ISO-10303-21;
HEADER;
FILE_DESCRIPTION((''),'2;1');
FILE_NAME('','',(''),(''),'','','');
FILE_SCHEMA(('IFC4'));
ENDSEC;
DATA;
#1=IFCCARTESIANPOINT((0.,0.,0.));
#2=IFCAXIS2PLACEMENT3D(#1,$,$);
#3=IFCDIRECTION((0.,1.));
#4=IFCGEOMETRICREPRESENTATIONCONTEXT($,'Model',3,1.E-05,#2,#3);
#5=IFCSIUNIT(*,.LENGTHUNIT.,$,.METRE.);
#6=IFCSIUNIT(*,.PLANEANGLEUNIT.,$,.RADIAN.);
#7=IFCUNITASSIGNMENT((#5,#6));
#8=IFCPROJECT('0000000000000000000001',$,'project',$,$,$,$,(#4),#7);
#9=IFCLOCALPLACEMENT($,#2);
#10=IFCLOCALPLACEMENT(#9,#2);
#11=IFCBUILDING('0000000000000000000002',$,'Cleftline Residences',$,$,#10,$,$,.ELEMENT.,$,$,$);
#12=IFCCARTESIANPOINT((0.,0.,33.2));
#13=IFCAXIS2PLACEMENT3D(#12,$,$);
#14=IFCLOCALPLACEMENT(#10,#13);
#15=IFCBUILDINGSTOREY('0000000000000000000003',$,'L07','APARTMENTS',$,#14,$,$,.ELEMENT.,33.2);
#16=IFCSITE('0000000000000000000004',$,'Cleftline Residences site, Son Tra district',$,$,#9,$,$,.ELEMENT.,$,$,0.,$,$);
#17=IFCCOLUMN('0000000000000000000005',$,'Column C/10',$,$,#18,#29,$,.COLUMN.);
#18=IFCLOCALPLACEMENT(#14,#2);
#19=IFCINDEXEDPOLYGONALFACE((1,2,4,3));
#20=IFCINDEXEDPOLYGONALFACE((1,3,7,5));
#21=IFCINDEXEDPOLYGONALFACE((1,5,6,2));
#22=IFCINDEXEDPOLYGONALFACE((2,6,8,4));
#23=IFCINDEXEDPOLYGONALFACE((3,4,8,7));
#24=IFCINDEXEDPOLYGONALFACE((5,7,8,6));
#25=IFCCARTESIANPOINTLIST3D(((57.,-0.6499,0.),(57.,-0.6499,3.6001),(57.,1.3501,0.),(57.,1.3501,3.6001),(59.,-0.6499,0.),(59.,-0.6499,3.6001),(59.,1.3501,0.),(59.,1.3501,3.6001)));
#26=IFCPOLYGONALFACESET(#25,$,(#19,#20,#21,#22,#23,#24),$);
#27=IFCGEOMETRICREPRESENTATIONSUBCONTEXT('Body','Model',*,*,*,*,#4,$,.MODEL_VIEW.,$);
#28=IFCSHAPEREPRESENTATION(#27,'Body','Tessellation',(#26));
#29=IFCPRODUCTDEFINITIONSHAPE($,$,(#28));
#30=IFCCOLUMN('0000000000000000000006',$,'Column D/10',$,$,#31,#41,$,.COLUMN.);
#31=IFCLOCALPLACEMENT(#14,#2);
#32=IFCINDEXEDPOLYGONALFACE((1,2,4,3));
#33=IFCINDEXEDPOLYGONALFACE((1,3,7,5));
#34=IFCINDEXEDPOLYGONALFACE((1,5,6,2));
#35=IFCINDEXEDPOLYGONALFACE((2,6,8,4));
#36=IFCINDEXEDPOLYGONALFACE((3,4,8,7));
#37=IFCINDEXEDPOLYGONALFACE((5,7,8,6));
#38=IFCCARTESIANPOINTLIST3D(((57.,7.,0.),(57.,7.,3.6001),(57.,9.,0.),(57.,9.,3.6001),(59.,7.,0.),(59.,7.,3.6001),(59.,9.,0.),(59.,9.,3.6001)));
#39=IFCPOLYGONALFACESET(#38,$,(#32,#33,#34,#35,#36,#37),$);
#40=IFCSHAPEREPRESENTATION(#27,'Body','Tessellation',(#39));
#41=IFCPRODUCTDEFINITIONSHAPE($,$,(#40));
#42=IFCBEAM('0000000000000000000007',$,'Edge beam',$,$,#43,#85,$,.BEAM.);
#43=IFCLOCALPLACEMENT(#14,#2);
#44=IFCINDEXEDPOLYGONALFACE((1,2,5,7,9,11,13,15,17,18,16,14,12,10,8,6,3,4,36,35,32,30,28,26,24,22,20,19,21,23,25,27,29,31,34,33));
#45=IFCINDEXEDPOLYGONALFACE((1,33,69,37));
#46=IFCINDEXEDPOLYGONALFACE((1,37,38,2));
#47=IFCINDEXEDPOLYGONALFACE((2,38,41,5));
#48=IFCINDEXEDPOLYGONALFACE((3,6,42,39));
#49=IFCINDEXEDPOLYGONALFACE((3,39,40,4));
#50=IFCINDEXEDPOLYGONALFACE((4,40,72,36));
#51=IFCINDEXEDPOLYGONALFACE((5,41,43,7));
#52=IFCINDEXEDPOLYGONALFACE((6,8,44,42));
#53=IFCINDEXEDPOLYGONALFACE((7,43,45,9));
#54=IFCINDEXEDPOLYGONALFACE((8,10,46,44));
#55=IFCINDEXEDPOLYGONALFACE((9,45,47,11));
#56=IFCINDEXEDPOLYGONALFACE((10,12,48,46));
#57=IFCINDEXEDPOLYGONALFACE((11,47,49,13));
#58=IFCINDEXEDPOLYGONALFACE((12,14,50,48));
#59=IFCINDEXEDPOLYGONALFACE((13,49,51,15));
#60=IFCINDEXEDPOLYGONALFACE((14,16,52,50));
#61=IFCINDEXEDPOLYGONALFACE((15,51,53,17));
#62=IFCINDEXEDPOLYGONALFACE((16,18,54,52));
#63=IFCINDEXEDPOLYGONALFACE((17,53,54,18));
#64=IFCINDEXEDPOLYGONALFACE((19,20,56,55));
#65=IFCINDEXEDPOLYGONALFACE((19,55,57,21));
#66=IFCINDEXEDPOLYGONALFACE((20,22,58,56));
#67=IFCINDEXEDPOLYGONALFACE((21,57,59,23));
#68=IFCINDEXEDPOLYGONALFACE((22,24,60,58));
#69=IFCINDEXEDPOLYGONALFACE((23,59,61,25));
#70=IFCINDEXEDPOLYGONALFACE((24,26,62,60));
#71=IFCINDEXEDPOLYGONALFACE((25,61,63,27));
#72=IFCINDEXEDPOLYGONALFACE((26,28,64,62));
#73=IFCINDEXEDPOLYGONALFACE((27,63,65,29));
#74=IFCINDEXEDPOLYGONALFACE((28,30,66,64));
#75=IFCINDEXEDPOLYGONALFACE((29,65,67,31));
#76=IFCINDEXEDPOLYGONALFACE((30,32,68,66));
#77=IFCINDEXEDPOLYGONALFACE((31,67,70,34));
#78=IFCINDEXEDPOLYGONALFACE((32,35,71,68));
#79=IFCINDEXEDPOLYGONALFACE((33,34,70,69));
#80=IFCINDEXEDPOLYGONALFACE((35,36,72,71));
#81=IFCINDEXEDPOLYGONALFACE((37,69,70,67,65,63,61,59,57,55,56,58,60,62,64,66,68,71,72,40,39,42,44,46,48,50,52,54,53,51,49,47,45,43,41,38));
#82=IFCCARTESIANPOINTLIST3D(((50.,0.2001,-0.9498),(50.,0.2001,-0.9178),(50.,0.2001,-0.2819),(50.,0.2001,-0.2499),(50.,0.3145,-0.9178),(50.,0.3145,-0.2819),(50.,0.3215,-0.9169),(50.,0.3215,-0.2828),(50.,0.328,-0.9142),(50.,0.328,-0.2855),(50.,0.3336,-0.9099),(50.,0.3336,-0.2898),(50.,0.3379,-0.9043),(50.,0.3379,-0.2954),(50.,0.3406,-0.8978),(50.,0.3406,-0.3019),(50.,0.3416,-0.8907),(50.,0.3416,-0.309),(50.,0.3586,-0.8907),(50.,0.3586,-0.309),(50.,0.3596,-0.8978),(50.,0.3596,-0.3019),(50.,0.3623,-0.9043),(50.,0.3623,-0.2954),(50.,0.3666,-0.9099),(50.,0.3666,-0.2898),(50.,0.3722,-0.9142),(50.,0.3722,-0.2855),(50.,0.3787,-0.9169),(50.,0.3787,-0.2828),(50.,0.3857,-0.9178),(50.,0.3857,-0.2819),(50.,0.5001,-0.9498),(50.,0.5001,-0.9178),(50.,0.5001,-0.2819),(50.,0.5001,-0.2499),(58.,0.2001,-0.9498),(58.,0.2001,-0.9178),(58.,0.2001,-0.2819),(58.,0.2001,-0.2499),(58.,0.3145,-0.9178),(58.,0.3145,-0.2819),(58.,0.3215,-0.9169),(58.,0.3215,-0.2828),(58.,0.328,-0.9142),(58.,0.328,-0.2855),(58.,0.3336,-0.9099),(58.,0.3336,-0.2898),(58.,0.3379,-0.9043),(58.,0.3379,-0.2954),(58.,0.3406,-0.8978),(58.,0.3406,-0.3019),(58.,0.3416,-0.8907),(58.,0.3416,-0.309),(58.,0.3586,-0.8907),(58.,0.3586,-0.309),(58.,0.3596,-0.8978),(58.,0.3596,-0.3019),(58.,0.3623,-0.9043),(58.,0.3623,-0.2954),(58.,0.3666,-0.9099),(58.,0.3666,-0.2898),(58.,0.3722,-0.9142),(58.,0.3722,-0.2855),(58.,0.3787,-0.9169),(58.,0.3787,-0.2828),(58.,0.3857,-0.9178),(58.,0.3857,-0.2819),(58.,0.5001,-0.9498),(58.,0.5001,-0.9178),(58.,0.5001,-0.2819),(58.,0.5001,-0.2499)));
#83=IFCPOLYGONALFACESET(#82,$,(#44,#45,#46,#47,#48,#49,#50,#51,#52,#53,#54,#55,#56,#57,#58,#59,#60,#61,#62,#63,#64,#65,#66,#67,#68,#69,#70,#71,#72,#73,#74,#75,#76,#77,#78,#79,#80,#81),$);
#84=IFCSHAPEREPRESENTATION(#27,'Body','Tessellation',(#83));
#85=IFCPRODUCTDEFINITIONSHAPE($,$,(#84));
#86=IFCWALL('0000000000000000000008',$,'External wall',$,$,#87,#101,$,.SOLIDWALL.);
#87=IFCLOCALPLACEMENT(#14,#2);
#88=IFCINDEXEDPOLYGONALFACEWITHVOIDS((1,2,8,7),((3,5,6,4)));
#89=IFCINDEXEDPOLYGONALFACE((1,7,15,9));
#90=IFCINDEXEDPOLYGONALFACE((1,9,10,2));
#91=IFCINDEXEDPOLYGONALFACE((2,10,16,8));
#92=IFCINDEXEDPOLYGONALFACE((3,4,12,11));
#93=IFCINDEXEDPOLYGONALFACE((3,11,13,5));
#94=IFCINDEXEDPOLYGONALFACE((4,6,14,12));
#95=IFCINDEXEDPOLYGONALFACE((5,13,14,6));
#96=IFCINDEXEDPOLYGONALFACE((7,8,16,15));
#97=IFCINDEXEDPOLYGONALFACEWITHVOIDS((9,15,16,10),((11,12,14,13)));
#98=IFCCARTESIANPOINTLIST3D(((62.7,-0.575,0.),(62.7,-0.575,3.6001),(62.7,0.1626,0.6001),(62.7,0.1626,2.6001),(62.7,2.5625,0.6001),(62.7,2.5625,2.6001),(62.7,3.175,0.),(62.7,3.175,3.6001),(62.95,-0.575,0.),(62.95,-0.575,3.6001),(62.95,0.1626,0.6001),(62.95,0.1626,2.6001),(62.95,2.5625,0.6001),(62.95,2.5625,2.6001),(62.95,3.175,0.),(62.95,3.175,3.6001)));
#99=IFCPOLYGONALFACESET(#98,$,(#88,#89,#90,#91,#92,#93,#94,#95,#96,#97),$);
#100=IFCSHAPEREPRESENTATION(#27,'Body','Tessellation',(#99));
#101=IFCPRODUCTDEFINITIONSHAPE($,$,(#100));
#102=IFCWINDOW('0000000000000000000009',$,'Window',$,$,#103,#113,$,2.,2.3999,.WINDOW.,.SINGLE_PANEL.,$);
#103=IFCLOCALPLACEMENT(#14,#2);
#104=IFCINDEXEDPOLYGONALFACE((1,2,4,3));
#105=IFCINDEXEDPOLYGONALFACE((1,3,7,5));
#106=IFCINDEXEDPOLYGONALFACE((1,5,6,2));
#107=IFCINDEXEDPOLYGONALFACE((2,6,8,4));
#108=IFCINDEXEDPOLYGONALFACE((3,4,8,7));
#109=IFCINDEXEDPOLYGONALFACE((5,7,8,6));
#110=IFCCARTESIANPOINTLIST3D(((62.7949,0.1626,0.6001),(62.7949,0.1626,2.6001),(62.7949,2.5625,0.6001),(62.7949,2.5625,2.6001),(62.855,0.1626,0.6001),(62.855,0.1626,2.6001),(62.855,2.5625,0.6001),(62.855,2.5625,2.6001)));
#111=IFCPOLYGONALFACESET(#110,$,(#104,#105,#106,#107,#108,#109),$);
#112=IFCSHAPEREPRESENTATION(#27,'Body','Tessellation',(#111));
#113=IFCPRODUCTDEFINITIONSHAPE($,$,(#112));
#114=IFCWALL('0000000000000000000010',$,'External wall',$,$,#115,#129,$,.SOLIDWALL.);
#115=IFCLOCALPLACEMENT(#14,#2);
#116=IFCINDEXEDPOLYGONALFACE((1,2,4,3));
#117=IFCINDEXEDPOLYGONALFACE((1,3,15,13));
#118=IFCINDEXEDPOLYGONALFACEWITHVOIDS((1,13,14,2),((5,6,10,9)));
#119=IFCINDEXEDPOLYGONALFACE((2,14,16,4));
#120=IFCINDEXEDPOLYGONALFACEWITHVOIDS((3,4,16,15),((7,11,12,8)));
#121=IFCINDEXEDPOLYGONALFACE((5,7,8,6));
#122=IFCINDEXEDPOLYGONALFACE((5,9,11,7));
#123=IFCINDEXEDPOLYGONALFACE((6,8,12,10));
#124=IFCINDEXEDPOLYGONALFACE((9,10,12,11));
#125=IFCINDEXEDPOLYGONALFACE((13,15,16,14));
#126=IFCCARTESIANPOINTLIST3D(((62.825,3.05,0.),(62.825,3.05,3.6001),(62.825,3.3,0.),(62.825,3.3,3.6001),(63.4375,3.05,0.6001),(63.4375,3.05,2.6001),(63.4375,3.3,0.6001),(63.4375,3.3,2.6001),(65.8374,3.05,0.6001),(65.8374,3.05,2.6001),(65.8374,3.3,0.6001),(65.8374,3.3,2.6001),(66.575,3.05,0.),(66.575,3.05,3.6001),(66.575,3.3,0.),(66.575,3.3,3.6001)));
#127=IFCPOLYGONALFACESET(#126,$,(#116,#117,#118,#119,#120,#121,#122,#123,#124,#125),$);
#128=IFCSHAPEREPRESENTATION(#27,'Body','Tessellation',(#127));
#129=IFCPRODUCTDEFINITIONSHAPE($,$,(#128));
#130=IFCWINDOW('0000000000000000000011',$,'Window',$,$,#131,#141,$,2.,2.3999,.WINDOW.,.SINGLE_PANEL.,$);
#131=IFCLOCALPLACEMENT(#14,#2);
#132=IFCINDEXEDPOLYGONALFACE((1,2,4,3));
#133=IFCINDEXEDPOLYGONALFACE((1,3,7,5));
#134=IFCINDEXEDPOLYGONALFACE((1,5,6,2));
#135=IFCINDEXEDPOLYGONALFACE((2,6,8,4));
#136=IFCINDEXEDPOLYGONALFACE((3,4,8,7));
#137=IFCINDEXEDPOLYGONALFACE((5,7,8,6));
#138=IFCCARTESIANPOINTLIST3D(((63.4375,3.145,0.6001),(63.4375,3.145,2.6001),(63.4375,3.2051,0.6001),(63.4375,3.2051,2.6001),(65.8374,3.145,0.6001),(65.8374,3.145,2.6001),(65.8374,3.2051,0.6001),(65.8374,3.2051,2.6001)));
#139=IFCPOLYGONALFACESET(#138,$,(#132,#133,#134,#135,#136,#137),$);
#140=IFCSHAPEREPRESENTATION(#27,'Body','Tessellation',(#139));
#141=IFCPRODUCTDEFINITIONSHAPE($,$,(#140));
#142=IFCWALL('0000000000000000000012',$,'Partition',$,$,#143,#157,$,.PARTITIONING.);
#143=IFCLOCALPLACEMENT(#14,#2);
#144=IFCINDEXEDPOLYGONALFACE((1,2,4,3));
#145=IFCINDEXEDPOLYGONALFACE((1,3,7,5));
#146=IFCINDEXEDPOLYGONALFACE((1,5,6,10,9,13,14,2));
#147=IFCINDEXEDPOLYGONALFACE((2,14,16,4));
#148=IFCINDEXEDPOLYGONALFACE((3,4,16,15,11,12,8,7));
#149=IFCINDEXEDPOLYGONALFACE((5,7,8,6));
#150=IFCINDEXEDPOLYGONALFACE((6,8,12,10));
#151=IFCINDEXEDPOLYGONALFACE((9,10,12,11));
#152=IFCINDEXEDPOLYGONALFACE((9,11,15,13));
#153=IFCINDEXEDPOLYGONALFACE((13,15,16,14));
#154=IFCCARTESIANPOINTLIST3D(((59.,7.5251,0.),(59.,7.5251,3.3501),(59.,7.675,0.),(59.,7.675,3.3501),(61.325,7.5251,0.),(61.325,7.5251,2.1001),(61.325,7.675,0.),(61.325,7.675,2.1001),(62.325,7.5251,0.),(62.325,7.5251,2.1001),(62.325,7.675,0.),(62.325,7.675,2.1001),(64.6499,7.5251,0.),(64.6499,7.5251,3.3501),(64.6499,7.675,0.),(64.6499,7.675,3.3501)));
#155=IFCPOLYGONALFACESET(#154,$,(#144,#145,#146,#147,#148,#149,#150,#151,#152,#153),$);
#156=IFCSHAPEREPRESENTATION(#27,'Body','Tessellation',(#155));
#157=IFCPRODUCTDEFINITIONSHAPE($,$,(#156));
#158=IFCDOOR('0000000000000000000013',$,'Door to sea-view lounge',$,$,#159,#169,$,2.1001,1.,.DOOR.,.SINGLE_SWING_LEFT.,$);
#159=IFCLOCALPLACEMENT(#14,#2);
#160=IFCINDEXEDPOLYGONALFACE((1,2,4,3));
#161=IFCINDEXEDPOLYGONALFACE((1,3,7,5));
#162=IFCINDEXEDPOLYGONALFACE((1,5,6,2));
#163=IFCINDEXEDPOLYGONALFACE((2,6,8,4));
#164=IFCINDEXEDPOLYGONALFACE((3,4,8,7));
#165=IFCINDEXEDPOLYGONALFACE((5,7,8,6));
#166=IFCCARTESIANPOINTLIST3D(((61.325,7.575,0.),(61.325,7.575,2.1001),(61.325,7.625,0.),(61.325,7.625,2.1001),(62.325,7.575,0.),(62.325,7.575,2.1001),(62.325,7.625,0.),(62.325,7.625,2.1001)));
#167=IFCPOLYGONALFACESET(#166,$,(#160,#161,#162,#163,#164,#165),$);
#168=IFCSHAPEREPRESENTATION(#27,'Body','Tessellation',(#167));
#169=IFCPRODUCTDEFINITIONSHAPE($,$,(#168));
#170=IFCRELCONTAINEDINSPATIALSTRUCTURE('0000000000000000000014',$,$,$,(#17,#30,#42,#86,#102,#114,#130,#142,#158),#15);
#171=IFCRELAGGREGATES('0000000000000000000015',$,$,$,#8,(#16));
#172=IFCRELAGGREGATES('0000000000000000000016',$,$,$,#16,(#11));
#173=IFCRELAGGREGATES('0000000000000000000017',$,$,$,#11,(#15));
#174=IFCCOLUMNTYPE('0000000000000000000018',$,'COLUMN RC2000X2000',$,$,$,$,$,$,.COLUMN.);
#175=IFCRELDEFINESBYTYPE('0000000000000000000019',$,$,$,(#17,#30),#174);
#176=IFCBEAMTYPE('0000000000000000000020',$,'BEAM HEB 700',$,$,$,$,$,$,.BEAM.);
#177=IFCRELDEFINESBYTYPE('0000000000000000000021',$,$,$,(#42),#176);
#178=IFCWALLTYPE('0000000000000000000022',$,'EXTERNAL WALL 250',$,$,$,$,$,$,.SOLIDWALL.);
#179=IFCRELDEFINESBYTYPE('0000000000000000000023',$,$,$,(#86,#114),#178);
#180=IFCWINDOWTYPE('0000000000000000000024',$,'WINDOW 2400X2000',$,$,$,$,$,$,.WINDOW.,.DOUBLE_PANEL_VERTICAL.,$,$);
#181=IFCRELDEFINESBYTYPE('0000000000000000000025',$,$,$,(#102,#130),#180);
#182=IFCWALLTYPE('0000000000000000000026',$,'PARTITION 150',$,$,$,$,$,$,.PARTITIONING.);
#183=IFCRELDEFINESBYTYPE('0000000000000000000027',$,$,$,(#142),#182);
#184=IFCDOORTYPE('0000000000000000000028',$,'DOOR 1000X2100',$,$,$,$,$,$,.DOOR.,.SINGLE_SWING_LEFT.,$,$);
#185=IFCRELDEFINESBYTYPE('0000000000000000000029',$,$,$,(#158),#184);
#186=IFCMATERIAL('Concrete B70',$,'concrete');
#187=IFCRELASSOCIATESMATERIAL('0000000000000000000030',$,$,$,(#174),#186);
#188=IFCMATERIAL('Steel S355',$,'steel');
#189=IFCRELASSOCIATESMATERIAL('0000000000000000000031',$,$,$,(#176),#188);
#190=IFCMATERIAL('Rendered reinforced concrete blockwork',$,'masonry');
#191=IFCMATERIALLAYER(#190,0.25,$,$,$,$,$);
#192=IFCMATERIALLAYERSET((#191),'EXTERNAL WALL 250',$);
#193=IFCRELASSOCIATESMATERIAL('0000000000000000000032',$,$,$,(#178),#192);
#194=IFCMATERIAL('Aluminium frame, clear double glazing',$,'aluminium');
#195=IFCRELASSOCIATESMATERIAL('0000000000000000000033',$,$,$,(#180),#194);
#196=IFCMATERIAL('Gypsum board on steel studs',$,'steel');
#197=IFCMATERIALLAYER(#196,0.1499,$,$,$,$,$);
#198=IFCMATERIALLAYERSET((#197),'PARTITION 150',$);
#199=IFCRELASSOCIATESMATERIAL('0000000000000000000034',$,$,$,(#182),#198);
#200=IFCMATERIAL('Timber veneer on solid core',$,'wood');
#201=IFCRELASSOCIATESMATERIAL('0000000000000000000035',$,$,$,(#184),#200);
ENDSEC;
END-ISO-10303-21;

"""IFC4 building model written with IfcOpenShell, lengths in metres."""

from ifc_helpers import new_model, si_unit, direction, frame, frame_2d, origin, origin_2d, place, context, subcontext, project, spatial, rectangle, i_section, extrude, material, layer, layer_set, material_profile, profile_set, type_object, element, fill, save


model = new_model("IFC4")

# Units and contexts
model_context = context("Model", 3, precision=1e-05, world=origin(), true_north=direction((0.0, 1.0)))
body_context = subcontext(model_context, "Body", "Model", "MODEL_VIEW")
ifc_project = project(units=[si_unit("LENGTHUNIT", "METRE"), si_unit("PLANEANGLEUNIT", "RADIAN")], contexts=[model_context])

# Site, building, storey
site_placement = place(None, origin())
site = spatial("IfcSite", under=ifc_project, at=site_placement, Name="Cleftline Residences site, Son Tra district", CompositionType="ELEMENT", RefElevation=0.0)
building_placement = place(site_placement, origin())
building = spatial("IfcBuilding", under=site, at=building_placement, Name="Cleftline Residences", CompositionType="ELEMENT")
storey_placement = place(building_placement, frame((0.0, 0.0, 33.2)))
storey = spatial("IfcBuildingStorey", under=building, at=storey_placement, Name="L07", Description="APARTMENTS", CompositionType="ELEMENT", Elevation=33.2)

# Columns
ifc_material_1 = material(Name="Concrete B70", Category="concrete")
ifc_material_profile_1 = material_profile(ifc_material_1, rectangle(XDim=2.0, YDim=2.0, at=origin_2d()))
ifc_profile_set_1 = profile_set([ifc_material_profile_1], Name="Concrete B70")
column_type = type_object("IfcColumnType", Name="COLUMN RC2000X2000", PredefinedType="COLUMN", material=ifc_profile_set_1)
for number, where, z_axis, x_axis, name in (
    (1, (58.0, 0.3501, 0.0), (0.0, 0.0, 1.0), (1.0, 0.0, 0.0), "Column C/10"),
    (2, (58.0, 8.0, 0.0), (0.0, 0.0, 1.0), (1.0, 0.0, 0.0), "Column D/10"),
):
    element("IfcColumn", number, at=place(storey_placement, frame(where, z_axis=z_axis, x_axis=x_axis)), inside=storey, type_object=column_type, Name=name, PredefinedType="COLUMN", context=body_context, shape_type="SweptSolid", body=[
        extrude(rectangle(XDim=2.0, YDim=2.0, at=origin_2d()), origin(), (0.0, 0.0, 1.0), 3.6001),
    ])

# Beam
ifc_material_2 = material(Name="Steel S355", Category="steel")
ifc_material_profile_2 = material_profile(ifc_material_2, i_section(OverallWidth=0.3, OverallDepth=0.7, WebThickness=0.0171, FlangeThickness=0.032, FilletRadius=0.0271, at=origin_2d()))
ifc_profile_set_2 = profile_set([ifc_material_profile_2], Name="Steel S355")
beam_type = type_object("IfcBeamType", Name="BEAM HEB 700", PredefinedType="BEAM", material=ifc_profile_set_2)
beam_placement = place(storey_placement, frame((58.0, 0.3501, -0.5999), z_axis=(-1.0, 0.0, 0.0), x_axis=(0.0, -1.0, 0.0)))
element("IfcBeam", 3, at=beam_placement, inside=storey, type_object=beam_type, Name="Edge beam", PredefinedType="BEAM", context=body_context, shape_type="SweptSolid", body=[
    extrude(i_section(OverallWidth=0.3, OverallDepth=0.7, WebThickness=0.0171, FlangeThickness=0.032, FilletRadius=0.0271, at=origin_2d()), origin(), (0.0, 0.0, 1.0), 8.0),
])

# Walls, openings, windows
ifc_material_3 = material(Name="Rendered reinforced concrete blockwork", Category="masonry")
ifc_layer_1 = layer(ifc_material_3, 0.25)
ifc_layer_set_1 = layer_set([ifc_layer_1], Name="EXTERNAL WALL 250")
wall_type_1 = type_object("IfcWallType", Name="EXTERNAL WALL 250", PredefinedType="SOLIDWALL", material=ifc_layer_set_1)
wall_1_placement = place(storey_placement, frame((62.825, -0.575, 0.0), z_axis=(0.0, 0.0, 1.0), x_axis=(0.0, 1.0, 0.0)))
wall_1 = element("IfcWall", 4, at=wall_1_placement, inside=storey, type_object=wall_type_1, Name="External wall", PredefinedType="SOLIDWALL", context=body_context, shape_type="SweptSolid", body=[
    extrude(rectangle(XDim=3.75, YDim=0.25, at=frame_2d((1.875, 0.0))), origin(), (0.0, 0.0, 1.0), 3.6001),
])
opening_1_placement = place(wall_1_placement, frame((0.7375, 0.0, 0.6001)))
opening_1 = element("IfcOpeningElement", 5, at=opening_1_placement, cuts=wall_1, PredefinedType="OPENING", context=body_context, shape_type="SweptSolid", body=[
    extrude(rectangle(XDim=2.3999, YDim=2.0, at=frame_2d((1.2, 1.0))), frame((0.0, 0.135, 0.0), z_axis=(0.0, -1.0, 0.0), x_axis=(1.0, 0.0, 0.0)), (0.0, 0.0, 1.0), 0.27),
])
ifc_material_4 = material(Name="Aluminium frame, clear double glazing", Category="aluminium")
window_type = type_object("IfcWindowType", Name="WINDOW 2400X2000", PartitioningType="DOUBLE_PANEL_VERTICAL", PredefinedType="WINDOW", material=ifc_material_4)
window_1_placement = place(opening_1_placement, origin())
window_1 = element("IfcWindow", 6, at=window_1_placement, inside=storey, type_object=window_type, Name="Window", OverallHeight=2.0, OverallWidth=2.3999, PartitioningType="SINGLE_PANEL", PredefinedType="WINDOW", context=body_context, shape_type="SweptSolid", body=[
    extrude(rectangle(XDim=2.3999, YDim=2.0, at=frame_2d((1.2, 1.0))), frame((0.0, 0.03, 0.0), z_axis=(0.0, -1.0, 0.0), x_axis=(1.0, 0.0, 0.0)), (0.0, 0.0, 1.0), 0.0601),
])
fill(opening_1, window_1)
wall_2_placement = place(storey_placement, frame((62.825, 3.175, 0.0), z_axis=(0.0, 0.0, 1.0), x_axis=(1.0, 0.0, 0.0)))
wall_2 = element("IfcWall", 7, at=wall_2_placement, inside=storey, type_object=wall_type_1, Name="External wall", PredefinedType="SOLIDWALL", context=body_context, shape_type="SweptSolid", body=[
    extrude(rectangle(XDim=3.75, YDim=0.25, at=frame_2d((1.875, 0.0))), origin(), (0.0, 0.0, 1.0), 3.6001),
])
opening_2_placement = place(wall_2_placement, frame((0.6125, 0.0, 0.6001)))
opening_2 = element("IfcOpeningElement", 8, at=opening_2_placement, cuts=wall_2, PredefinedType="OPENING", context=body_context, shape_type="SweptSolid", body=[
    extrude(rectangle(XDim=2.3999, YDim=2.0, at=frame_2d((1.2, 1.0))), frame((0.0, 0.135, 0.0), z_axis=(0.0, -1.0, 0.0), x_axis=(1.0, 0.0, 0.0)), (0.0, 0.0, 1.0), 0.27),
])
window_2_placement = place(opening_2_placement, origin())
window_2 = element("IfcWindow", 9, at=window_2_placement, inside=storey, type_object=window_type, Name="Window", OverallHeight=2.0, OverallWidth=2.3999, PartitioningType="SINGLE_PANEL", PredefinedType="WINDOW", context=body_context, shape_type="SweptSolid", body=[
    extrude(rectangle(XDim=2.3999, YDim=2.0, at=frame_2d((1.2, 1.0))), frame((0.0, 0.03, 0.0), z_axis=(0.0, -1.0, 0.0), x_axis=(1.0, 0.0, 0.0)), (0.0, 0.0, 1.0), 0.0601),
])
fill(opening_2, window_2)

# Wall, opening, door
ifc_material_5 = material(Name="Gypsum board on steel studs", Category="steel")
ifc_layer_2 = layer(ifc_material_5, 0.1499)
ifc_layer_set_2 = layer_set([ifc_layer_2], Name="PARTITION 150")
wall_type_2 = type_object("IfcWallType", Name="PARTITION 150", PredefinedType="PARTITIONING", material=ifc_layer_set_2)
wall_3_placement = place(storey_placement, frame((59.0, 7.6001, 0.0), z_axis=(0.0, 0.0, 1.0), x_axis=(1.0, 0.0, 0.0)))
wall_3 = element("IfcWall", 10, at=wall_3_placement, inside=storey, type_object=wall_type_2, Name="Partition", PredefinedType="PARTITIONING", context=body_context, shape_type="SweptSolid", body=[
    extrude(rectangle(XDim=5.6499, YDim=0.1499, at=frame_2d((2.825, 0.0))), origin(), (0.0, 0.0, 1.0), 3.3501),
])
opening_3_placement = place(wall_3_placement, frame((2.325, 0.0, 0.0)))
opening_3 = element("IfcOpeningElement", 11, at=opening_3_placement, cuts=wall_3, PredefinedType="OPENING", context=body_context, shape_type="SweptSolid", body=[
    extrude(rectangle(XDim=1.0, YDim=2.1001, at=frame_2d((0.5, 1.05))), frame((0.0, 0.085, 0.0), z_axis=(0.0, -1.0, 0.0), x_axis=(1.0, 0.0, 0.0)), (0.0, 0.0, 1.0), 0.1699),
])
ifc_material_6 = material(Name="Timber veneer on solid core", Category="wood")
door_type_1 = type_object("IfcDoorType", Name="DOOR 1000X2100", OperationType="SINGLE_SWING_LEFT", PredefinedType="DOOR", material=ifc_material_6)
door_1_placement = place(opening_3_placement, origin())
door_1 = element("IfcDoor", 12, at=door_1_placement, inside=storey, type_object=door_type_1, Name="Door to sea-view lounge", OperationType="SINGLE_SWING_LEFT", OverallHeight=2.1001, OverallWidth=1.0, PredefinedType="DOOR", context=body_context, shape_type="SweptSolid", body=[
    extrude(rectangle(XDim=1.0, YDim=2.1001, at=frame_2d((0.5, 1.05))), frame((0.0, 0.0249, 0.0), z_axis=(0.0, -1.0, 0.0), x_axis=(1.0, 0.0, 0.0)), (0.0, 0.0, 1.0), 0.05),
])
fill(opening_3, door_1)

save(model, "model.ifc")
